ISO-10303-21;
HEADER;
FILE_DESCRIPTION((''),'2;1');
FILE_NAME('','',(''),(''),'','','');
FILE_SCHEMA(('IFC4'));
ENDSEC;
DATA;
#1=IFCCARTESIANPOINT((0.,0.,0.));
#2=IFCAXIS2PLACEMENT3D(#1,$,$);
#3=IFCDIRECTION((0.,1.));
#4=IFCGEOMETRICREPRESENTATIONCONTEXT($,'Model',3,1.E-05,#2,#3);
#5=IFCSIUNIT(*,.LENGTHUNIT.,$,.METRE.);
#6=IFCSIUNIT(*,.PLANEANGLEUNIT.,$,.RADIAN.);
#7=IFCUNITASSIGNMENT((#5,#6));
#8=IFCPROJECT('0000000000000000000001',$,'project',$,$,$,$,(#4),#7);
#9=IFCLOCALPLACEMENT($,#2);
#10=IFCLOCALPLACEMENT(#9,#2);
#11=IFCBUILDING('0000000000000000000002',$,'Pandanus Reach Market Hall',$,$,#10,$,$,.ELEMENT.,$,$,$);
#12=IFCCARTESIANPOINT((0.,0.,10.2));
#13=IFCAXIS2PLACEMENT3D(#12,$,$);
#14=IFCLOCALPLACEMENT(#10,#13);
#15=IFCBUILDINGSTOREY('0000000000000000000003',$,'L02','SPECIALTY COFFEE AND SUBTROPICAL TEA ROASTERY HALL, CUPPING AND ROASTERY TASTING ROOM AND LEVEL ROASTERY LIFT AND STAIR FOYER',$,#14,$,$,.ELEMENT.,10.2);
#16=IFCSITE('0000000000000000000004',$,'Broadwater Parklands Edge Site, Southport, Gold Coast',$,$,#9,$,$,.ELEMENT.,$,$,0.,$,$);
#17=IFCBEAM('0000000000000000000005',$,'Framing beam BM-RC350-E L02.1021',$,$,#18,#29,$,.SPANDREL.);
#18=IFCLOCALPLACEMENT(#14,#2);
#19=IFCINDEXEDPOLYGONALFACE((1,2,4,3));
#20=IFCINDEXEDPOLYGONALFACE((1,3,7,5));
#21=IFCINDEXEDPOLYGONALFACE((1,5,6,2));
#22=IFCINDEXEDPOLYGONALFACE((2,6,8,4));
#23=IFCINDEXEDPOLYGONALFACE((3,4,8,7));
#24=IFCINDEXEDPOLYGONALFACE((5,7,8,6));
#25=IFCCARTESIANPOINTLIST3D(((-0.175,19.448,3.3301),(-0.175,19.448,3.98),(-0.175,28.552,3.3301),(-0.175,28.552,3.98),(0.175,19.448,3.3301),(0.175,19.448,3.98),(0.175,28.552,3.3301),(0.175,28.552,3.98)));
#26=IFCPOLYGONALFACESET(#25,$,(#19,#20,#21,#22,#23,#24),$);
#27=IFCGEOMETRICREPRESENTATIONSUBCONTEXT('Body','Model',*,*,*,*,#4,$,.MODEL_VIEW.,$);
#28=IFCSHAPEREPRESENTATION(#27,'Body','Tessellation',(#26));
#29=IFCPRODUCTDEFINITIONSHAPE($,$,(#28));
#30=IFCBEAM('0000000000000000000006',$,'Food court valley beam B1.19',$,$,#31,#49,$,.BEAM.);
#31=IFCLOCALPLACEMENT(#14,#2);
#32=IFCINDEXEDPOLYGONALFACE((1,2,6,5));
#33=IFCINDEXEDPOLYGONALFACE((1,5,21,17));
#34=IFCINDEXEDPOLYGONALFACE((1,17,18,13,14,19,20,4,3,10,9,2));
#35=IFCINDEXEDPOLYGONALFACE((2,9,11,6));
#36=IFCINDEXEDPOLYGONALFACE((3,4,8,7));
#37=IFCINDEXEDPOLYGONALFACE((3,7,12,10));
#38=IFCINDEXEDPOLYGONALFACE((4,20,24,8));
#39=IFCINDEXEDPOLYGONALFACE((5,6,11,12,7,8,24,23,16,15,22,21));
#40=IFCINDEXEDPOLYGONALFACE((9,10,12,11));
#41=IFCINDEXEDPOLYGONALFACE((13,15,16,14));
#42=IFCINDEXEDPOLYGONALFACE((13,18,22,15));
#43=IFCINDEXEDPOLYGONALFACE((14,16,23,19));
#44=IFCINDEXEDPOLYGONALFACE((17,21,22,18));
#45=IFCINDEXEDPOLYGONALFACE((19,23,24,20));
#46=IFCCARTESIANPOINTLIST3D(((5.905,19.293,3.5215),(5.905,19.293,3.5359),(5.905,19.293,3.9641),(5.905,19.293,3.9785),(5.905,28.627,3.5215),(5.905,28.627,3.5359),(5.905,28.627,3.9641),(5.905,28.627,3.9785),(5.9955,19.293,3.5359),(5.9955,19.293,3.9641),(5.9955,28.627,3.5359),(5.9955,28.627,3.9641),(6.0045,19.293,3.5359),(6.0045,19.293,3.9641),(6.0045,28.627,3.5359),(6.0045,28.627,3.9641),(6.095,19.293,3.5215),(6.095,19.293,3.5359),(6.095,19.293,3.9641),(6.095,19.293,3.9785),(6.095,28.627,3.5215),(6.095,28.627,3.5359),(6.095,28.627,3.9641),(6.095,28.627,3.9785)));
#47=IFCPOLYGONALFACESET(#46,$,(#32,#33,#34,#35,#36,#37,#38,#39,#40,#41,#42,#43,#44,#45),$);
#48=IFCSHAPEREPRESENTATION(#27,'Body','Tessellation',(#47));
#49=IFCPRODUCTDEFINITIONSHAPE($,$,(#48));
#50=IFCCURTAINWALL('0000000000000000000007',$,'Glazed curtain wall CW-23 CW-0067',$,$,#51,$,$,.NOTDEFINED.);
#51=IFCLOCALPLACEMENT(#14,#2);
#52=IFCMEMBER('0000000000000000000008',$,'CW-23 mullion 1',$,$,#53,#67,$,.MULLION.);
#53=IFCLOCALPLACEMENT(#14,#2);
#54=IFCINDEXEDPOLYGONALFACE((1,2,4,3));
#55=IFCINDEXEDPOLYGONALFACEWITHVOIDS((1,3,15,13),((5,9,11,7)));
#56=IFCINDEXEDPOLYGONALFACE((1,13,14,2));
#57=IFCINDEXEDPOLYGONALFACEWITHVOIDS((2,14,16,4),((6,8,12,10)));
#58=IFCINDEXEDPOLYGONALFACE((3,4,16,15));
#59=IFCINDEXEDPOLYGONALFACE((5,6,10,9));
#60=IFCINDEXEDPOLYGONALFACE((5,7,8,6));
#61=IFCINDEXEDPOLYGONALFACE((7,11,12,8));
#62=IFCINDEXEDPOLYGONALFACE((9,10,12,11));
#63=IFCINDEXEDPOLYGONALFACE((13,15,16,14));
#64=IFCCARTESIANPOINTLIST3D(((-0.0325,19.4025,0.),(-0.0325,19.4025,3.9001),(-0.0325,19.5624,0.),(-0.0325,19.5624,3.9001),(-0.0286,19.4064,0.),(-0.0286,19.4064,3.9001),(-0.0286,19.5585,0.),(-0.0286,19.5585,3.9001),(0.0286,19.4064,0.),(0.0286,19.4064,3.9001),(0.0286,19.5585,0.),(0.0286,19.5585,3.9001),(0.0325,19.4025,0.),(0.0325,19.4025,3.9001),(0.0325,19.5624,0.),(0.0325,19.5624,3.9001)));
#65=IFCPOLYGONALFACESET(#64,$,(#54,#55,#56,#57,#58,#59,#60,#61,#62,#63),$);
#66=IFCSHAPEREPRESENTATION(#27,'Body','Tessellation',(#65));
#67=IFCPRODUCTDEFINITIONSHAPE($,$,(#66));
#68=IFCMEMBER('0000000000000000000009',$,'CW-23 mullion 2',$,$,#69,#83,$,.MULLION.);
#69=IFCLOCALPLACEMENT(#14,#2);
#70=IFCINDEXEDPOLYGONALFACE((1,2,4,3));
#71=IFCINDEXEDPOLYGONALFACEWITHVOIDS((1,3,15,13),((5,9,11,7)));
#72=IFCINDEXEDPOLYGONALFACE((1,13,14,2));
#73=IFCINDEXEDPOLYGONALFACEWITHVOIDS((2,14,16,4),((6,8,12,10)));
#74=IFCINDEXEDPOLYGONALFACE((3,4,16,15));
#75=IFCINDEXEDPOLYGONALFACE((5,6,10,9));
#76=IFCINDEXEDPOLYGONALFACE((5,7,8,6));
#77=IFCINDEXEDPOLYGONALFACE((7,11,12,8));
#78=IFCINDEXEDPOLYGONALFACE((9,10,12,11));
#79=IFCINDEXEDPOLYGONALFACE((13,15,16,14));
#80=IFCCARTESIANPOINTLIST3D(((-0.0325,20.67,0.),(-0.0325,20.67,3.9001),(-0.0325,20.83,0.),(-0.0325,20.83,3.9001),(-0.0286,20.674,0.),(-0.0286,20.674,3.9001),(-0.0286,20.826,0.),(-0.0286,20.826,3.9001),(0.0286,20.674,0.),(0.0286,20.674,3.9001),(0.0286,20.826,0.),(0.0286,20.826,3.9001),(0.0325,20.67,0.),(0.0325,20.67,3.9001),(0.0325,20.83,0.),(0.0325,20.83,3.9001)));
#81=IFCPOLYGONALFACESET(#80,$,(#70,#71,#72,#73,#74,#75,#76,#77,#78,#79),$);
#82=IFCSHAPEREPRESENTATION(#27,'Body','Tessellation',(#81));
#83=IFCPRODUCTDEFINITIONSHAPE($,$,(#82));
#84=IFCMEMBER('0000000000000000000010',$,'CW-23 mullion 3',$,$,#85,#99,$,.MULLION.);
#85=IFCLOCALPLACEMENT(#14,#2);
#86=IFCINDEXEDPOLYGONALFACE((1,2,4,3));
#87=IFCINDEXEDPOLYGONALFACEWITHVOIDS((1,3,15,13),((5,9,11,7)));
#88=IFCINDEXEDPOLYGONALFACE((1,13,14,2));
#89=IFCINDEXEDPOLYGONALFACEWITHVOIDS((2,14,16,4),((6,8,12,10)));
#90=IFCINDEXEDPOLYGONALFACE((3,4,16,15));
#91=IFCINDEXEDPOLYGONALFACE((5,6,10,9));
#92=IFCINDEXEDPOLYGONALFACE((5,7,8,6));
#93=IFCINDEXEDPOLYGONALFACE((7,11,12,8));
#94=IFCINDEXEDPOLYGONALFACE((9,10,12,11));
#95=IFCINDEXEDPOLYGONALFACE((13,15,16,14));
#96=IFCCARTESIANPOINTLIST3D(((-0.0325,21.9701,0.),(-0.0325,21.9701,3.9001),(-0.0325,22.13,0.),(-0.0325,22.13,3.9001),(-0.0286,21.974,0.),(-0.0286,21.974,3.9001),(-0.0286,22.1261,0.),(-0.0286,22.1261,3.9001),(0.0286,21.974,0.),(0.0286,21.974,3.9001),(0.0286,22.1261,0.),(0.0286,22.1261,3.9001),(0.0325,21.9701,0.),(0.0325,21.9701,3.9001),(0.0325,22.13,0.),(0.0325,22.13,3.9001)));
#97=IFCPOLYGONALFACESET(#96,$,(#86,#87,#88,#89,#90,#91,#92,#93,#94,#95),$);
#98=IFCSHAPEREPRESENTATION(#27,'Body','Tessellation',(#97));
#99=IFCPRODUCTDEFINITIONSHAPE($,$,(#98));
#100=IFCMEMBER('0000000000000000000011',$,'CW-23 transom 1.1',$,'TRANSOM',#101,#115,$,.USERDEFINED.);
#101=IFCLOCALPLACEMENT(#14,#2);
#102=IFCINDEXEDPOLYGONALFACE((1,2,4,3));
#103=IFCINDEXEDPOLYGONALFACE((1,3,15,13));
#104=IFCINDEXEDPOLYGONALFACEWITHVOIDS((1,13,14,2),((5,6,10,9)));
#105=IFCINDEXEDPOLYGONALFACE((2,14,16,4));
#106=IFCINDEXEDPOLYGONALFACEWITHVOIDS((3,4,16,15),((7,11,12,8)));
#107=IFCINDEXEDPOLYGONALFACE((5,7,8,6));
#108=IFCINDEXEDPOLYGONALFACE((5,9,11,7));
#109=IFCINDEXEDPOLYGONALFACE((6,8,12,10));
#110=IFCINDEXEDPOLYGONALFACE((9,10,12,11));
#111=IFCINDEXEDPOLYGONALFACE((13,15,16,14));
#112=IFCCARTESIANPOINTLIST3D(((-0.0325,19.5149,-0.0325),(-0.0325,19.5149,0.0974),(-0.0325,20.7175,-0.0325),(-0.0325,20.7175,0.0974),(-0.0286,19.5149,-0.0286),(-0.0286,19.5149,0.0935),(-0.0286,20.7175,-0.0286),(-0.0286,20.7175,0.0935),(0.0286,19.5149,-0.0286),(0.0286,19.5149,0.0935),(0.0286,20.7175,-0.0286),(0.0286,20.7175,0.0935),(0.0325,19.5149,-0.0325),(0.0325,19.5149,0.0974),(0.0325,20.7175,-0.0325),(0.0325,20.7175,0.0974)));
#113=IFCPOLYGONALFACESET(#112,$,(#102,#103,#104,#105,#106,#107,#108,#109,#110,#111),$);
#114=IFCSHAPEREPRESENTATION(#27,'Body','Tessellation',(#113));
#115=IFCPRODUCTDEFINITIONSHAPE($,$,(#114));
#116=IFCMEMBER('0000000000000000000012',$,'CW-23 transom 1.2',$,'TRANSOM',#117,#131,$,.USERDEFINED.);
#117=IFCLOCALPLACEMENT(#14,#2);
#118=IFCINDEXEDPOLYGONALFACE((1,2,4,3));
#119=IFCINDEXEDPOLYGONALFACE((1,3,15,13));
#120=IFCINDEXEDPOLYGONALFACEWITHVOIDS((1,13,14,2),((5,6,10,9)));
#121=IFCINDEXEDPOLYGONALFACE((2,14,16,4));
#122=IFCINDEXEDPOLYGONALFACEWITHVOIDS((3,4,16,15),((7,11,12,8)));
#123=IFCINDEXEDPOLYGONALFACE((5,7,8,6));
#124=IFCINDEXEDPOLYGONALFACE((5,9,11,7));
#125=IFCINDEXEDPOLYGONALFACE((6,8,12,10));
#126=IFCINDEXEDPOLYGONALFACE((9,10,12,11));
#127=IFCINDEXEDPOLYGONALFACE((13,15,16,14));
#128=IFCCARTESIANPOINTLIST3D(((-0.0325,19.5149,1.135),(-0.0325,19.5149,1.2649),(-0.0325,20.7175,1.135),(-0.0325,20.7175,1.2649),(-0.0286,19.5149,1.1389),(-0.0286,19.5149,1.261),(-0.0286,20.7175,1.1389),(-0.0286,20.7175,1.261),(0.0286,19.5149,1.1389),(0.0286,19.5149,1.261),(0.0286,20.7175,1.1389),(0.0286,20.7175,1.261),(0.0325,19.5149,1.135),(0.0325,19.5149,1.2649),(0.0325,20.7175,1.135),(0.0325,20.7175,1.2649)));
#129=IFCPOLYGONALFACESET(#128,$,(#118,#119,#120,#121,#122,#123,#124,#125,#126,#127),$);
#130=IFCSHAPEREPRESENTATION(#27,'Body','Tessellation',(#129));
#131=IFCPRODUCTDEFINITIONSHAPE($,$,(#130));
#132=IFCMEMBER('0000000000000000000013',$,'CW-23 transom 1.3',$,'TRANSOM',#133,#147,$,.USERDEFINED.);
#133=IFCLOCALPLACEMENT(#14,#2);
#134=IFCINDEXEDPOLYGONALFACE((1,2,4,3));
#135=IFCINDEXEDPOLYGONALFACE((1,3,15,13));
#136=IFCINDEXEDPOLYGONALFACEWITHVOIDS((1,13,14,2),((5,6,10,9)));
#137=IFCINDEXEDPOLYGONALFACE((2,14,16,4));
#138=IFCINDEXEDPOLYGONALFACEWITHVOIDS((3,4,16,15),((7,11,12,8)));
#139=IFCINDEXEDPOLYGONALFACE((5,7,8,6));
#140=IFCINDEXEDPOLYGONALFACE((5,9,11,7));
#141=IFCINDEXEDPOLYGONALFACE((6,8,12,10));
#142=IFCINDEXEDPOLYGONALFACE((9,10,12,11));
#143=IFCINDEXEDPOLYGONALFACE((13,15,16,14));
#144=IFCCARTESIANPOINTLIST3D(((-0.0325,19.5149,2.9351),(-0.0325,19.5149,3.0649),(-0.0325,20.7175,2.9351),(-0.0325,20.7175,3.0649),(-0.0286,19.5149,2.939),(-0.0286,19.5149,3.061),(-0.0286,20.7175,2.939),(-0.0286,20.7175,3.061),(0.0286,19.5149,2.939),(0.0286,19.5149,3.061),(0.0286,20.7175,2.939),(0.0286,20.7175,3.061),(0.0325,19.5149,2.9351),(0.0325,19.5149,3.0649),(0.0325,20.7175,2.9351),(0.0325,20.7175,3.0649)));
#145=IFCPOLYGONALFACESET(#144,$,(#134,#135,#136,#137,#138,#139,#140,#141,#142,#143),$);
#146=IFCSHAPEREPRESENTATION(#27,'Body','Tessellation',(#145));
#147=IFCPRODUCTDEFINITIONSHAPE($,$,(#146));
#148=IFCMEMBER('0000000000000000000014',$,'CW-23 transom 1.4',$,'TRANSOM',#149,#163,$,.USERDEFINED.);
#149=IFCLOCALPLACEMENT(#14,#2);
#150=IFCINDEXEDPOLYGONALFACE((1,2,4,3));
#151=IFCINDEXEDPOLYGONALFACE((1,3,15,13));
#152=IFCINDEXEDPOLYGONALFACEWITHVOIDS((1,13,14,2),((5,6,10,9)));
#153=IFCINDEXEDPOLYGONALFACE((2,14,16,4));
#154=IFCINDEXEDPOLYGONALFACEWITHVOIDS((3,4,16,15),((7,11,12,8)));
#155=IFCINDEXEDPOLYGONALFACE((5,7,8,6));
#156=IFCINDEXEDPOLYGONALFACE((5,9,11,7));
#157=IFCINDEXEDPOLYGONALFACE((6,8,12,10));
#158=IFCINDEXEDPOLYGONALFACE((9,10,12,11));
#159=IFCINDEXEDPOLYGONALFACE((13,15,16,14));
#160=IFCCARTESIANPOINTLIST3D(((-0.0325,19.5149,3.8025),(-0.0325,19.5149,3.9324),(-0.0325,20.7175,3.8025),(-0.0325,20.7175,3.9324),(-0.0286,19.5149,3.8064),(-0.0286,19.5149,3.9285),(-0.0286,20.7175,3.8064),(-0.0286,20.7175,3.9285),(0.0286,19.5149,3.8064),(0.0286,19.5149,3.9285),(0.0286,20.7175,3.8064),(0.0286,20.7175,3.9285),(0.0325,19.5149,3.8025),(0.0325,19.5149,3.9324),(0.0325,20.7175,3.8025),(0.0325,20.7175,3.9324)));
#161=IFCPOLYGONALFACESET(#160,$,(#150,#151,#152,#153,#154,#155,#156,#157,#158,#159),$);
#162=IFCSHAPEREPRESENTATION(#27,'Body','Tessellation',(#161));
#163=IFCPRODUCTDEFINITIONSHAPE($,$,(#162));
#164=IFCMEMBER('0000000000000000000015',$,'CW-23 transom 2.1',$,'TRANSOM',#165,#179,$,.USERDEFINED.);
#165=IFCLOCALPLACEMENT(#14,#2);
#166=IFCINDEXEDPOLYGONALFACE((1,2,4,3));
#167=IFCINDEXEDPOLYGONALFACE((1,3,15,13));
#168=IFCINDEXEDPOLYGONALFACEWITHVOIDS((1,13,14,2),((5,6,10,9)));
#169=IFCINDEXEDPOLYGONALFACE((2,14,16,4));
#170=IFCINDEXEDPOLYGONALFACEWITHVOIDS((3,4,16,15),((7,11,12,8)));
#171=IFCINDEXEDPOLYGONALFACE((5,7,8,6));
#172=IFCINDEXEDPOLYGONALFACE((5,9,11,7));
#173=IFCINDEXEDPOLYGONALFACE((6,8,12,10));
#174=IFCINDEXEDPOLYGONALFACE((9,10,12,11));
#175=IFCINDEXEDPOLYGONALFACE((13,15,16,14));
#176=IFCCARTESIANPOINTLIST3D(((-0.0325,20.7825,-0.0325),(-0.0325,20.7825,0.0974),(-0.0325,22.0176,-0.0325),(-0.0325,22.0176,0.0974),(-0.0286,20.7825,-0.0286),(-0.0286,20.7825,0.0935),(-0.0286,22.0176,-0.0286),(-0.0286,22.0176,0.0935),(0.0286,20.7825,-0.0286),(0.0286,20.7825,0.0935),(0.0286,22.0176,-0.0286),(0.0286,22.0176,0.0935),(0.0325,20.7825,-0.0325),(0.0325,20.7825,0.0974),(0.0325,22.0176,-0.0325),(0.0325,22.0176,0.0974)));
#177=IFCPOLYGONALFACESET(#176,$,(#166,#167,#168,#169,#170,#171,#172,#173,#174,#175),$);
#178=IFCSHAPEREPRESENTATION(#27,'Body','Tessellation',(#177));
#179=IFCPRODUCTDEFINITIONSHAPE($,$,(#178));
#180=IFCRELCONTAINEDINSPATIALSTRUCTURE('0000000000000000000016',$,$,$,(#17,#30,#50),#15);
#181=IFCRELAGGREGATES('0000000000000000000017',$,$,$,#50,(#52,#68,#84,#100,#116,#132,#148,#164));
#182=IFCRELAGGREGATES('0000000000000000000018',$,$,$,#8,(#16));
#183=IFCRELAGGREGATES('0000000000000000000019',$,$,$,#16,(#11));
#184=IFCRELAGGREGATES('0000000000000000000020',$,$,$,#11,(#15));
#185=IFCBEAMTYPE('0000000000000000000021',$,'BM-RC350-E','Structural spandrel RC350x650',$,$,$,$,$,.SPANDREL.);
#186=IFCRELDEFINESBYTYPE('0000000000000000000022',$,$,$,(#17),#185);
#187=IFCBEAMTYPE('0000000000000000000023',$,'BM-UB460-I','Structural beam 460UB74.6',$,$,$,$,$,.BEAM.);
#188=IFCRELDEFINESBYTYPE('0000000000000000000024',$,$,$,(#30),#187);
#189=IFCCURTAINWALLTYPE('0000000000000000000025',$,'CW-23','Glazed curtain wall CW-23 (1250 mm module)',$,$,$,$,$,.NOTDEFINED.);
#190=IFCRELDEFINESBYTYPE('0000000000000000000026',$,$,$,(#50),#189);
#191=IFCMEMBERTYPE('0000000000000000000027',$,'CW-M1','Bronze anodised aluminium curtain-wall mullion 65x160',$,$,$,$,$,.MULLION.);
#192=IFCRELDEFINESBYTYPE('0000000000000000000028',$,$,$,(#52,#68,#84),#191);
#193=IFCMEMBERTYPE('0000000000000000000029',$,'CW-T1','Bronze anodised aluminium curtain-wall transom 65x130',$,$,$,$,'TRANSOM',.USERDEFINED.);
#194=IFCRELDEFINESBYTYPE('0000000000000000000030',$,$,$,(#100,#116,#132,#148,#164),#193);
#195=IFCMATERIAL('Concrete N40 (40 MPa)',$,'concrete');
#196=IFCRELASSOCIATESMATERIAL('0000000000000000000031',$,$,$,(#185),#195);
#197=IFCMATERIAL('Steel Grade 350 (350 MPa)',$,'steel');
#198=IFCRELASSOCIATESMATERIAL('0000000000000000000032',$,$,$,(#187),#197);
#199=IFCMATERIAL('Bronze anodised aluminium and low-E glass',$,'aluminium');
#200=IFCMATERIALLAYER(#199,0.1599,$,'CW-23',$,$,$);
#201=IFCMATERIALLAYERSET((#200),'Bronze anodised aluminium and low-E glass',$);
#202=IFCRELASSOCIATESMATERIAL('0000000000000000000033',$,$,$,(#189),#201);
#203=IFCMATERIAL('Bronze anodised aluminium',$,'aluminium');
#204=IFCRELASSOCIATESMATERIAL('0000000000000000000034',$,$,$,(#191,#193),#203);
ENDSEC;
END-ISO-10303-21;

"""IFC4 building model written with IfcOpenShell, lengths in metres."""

from ifc_helpers import new_model, si_unit, direction, frame, origin, origin_2d, place, context, subcontext, project, spatial, rectangle, hollow_rectangle, i_section, extrude, material, layer, layer_set, material_profile, profile_set, type_object, element, aggregate, save


model = new_model("IFC4")

# Units and contexts
model_context = context("Model", 3, precision=1e-05, world=origin(), true_north=direction((0.0, 1.0)))
body_context = subcontext(model_context, "Body", "Model", "MODEL_VIEW")
ifc_project = project(units=[si_unit("LENGTHUNIT", "METRE"), si_unit("PLANEANGLEUNIT", "RADIAN")], contexts=[model_context])

# Site, building, storey
site_placement = place(None, origin())
site = spatial("IfcSite", under=ifc_project, at=site_placement, Name="Broadwater Parklands Edge Site, Southport, Gold Coast", CompositionType="ELEMENT", RefElevation=0.0)
building_placement = place(site_placement, origin())
building = spatial("IfcBuilding", under=site, at=building_placement, Name="Pandanus Reach Market Hall", CompositionType="ELEMENT")
storey_placement = place(building_placement, frame((0.0, 0.0, 10.2)))
storey = spatial("IfcBuildingStorey", under=building, at=storey_placement, Name="L02", Description="SPECIALTY COFFEE AND SUBTROPICAL TEA ROASTERY HALL, CUPPING AND ROASTERY TASTING ROOM AND LEVEL ROASTERY LIFT AND STAIR FOYER", CompositionType="ELEMENT", Elevation=10.2)

# Beams
ifc_material_1 = material(Name="Concrete N40 (40 MPa)", Category="concrete")
ifc_material_profile_1 = material_profile(ifc_material_1, rectangle(XDim=0.3501, YDim=0.6499, at=origin_2d()), Name="RC350x650", Category="LoadBearing")
ifc_profile_set_1 = profile_set([ifc_material_profile_1], Name="Concrete N40 (40 MPa)")
beam_type_1 = type_object("IfcBeamType", Name="BM-RC350-E", Description="Structural spandrel RC350x650", PredefinedType="SPANDREL", material=ifc_profile_set_1)
beam_1_placement = place(storey_placement, frame((0.0, 19.448, 3.655), z_axis=(0.0, 1.0, 0.0), x_axis=(-1.0, 0.0, 0.0)))
element("IfcBeam", 1, at=beam_1_placement, inside=storey, type_object=beam_type_1, Name="Framing beam BM-RC350-E L02.1021", PredefinedType="SPANDREL", context=body_context, shape_type="SweptSolid", body=[
    extrude(rectangle(XDim=0.3501, YDim=0.6499, at=origin_2d()), origin(), (0.0, 0.0, 1.0), 9.104),
])
ifc_material_2 = material(Name="Steel Grade 350 (350 MPa)", Category="steel")
ifc_material_profile_2 = material_profile(ifc_material_2, i_section(OverallWidth=0.1899, OverallDepth=0.457, WebThickness=0.009, FlangeThickness=0.0144, at=origin_2d()), Name="460UB74.6", Category="LoadBearing")
ifc_profile_set_2 = profile_set([ifc_material_profile_2], Name="Steel Grade 350 (350 MPa)")
beam_type_2 = type_object("IfcBeamType", Name="BM-UB460-I", Description="Structural beam 460UB74.6", PredefinedType="BEAM", material=ifc_profile_set_2)
beam_2_placement = place(storey_placement, frame((6.0, 19.293, 3.75), z_axis=(0.0, 1.0, 0.0), x_axis=(-1.0, 0.0, 0.0)))
element("IfcBeam", 2, at=beam_2_placement, inside=storey, type_object=beam_type_2, Name="Food court valley beam B1.19", PredefinedType="BEAM", context=body_context, shape_type="SweptSolid", body=[
    extrude(i_section(OverallWidth=0.1899, OverallDepth=0.457, WebThickness=0.009, FlangeThickness=0.0144, at=origin_2d()), origin(), (0.0, 0.0, 1.0), 9.334),
])

# Curtain wall, members
ifc_material_3 = material(Name="Bronze anodised aluminium and low-E glass", Category="aluminium")
ifc_layer_1 = layer(ifc_material_3, 0.1599, Name="CW-23")
ifc_layer_set_1 = layer_set([ifc_layer_1], Name="Bronze anodised aluminium and low-E glass")
curtain_wall_type = type_object("IfcCurtainWallType", Name="CW-23", Description="Glazed curtain wall CW-23 (1250 mm module)", PredefinedType="NOTDEFINED", material=ifc_layer_set_1)
curtain_wall_placement = place(storey_placement, origin())
curtain_wall = element("IfcCurtainWall", 3, at=curtain_wall_placement, inside=storey, type_object=curtain_wall_type, Name="Glazed curtain wall CW-23 CW-0067", PredefinedType="NOTDEFINED")
ifc_material_4 = material(Name="Bronze anodised aluminium", Category="aluminium")
ifc_material_profile_3 = material_profile(ifc_material_4, hollow_rectangle(XDim=0.0649, YDim=0.1599, WallThickness=0.0039, at=origin_2d()), Name="ALU65x160", Category="LoadBearing")
ifc_profile_set_3 = profile_set([ifc_material_profile_3], Name="Bronze anodised aluminium")
member_type_1 = type_object("IfcMemberType", Name="CW-M1", Description="Bronze anodised aluminium curtain-wall mullion 65x160", PredefinedType="MULLION", material=ifc_profile_set_3)
member_1_placement = place(storey_placement, frame((0.0, 19.4824, 0.0), z_axis=(0.0, 0.0, 1.0), x_axis=(-1.0, 0.0, 0.0)))
member_1 = element("IfcMember", 4, at=member_1_placement, type_object=member_type_1, Name="CW-23 mullion 1", PredefinedType="MULLION", context=body_context, shape_type="SweptSolid", body=[
    extrude(hollow_rectangle(XDim=0.0649, YDim=0.1599, WallThickness=0.0039, at=origin_2d()), origin(), (0.0, 0.0, 1.0), 3.9001),
])
member_2_placement = place(storey_placement, frame((0.0, 20.75, 0.0), z_axis=(0.0, 0.0, 1.0), x_axis=(-1.0, 0.0, 0.0)))
member_2 = element("IfcMember", 5, at=member_2_placement, type_object=member_type_1, Name="CW-23 mullion 2", PredefinedType="MULLION", context=body_context, shape_type="SweptSolid", body=[
    extrude(hollow_rectangle(XDim=0.0649, YDim=0.1599, WallThickness=0.0039, at=origin_2d()), origin(), (0.0, 0.0, 1.0), 3.9001),
])
member_3_placement = place(storey_placement, frame((0.0, 22.05, 0.0), z_axis=(0.0, 0.0, 1.0), x_axis=(-1.0, 0.0, 0.0)))
member_3 = element("IfcMember", 6, at=member_3_placement, type_object=member_type_1, Name="CW-23 mullion 3", PredefinedType="MULLION", context=body_context, shape_type="SweptSolid", body=[
    extrude(hollow_rectangle(XDim=0.0649, YDim=0.1599, WallThickness=0.0039, at=origin_2d()), origin(), (0.0, 0.0, 1.0), 3.9001),
])
ifc_material_profile_4 = material_profile(ifc_material_4, hollow_rectangle(XDim=0.0649, YDim=0.1299, WallThickness=0.0039, at=origin_2d()), Name="ALU65x130", Category="LoadBearing")
ifc_profile_set_4 = profile_set([ifc_material_profile_4], Name="Bronze anodised aluminium")
member_type_2 = type_object("IfcMemberType", Name="CW-T1", Description="Bronze anodised aluminium curtain-wall transom 65x130", ElementType="TRANSOM", PredefinedType="USERDEFINED", material=ifc_profile_set_4)
member_4_placement = place(storey_placement, frame((0.0, 19.5149, 0.0325), z_axis=(0.0, 1.0, 0.0), x_axis=(-1.0, 0.0, 0.0)))
member_4 = element("IfcMember", 7, at=member_4_placement, type_object=member_type_2, Name="CW-23 transom 1.1", ObjectType="TRANSOM", PredefinedType="USERDEFINED", context=body_context, shape_type="SweptSolid", body=[
    extrude(hollow_rectangle(XDim=0.0649, YDim=0.1299, WallThickness=0.0039, at=origin_2d()), origin(), (0.0, 0.0, 1.0), 1.2026),
])
member_5_placement = place(storey_placement, frame((0.0, 19.5149, 1.2), z_axis=(0.0, 1.0, 0.0), x_axis=(-1.0, 0.0, 0.0)))
member_5 = element("IfcMember", 8, at=member_5_placement, type_object=member_type_2, Name="CW-23 transom 1.2", ObjectType="TRANSOM", PredefinedType="USERDEFINED", context=body_context, shape_type="SweptSolid", body=[
    extrude(hollow_rectangle(XDim=0.0649, YDim=0.1299, WallThickness=0.0039, at=origin_2d()), origin(), (0.0, 0.0, 1.0), 1.2026),
])
member_6_placement = place(storey_placement, frame((0.0, 19.5149, 3.0), z_axis=(0.0, 1.0, 0.0), x_axis=(-1.0, 0.0, 0.0)))
member_6 = element("IfcMember", 9, at=member_6_placement, type_object=member_type_2, Name="CW-23 transom 1.3", ObjectType="TRANSOM", PredefinedType="USERDEFINED", context=body_context, shape_type="SweptSolid", body=[
    extrude(hollow_rectangle(XDim=0.0649, YDim=0.1299, WallThickness=0.0039, at=origin_2d()), origin(), (0.0, 0.0, 1.0), 1.2026),
])
member_7_placement = place(storey_placement, frame((0.0, 19.5149, 3.8674), z_axis=(0.0, 1.0, 0.0), x_axis=(-1.0, 0.0, 0.0)))
member_7 = element("IfcMember", 10, at=member_7_placement, type_object=member_type_2, Name="CW-23 transom 1.4", ObjectType="TRANSOM", PredefinedType="USERDEFINED", context=body_context, shape_type="SweptSolid", body=[
    extrude(hollow_rectangle(XDim=0.0649, YDim=0.1299, WallThickness=0.0039, at=origin_2d()), origin(), (0.0, 0.0, 1.0), 1.2026),
])
member_8_placement = place(storey_placement, frame((0.0, 20.7825, 0.0325), z_axis=(0.0, 1.0, 0.0), x_axis=(-1.0, 0.0, 0.0)))
member_8 = element("IfcMember", 11, at=member_8_placement, type_object=member_type_2, Name="CW-23 transom 2.1", ObjectType="TRANSOM", PredefinedType="USERDEFINED", context=body_context, shape_type="SweptSolid", body=[
    extrude(hollow_rectangle(XDim=0.0649, YDim=0.1299, WallThickness=0.0039, at=origin_2d()), origin(), (0.0, 0.0, 1.0), 1.2351),
])

aggregate(curtain_wall, [member_1, member_2, member_3, member_4, member_5, member_6, member_7, member_8])

save(model, "model.ifc")
